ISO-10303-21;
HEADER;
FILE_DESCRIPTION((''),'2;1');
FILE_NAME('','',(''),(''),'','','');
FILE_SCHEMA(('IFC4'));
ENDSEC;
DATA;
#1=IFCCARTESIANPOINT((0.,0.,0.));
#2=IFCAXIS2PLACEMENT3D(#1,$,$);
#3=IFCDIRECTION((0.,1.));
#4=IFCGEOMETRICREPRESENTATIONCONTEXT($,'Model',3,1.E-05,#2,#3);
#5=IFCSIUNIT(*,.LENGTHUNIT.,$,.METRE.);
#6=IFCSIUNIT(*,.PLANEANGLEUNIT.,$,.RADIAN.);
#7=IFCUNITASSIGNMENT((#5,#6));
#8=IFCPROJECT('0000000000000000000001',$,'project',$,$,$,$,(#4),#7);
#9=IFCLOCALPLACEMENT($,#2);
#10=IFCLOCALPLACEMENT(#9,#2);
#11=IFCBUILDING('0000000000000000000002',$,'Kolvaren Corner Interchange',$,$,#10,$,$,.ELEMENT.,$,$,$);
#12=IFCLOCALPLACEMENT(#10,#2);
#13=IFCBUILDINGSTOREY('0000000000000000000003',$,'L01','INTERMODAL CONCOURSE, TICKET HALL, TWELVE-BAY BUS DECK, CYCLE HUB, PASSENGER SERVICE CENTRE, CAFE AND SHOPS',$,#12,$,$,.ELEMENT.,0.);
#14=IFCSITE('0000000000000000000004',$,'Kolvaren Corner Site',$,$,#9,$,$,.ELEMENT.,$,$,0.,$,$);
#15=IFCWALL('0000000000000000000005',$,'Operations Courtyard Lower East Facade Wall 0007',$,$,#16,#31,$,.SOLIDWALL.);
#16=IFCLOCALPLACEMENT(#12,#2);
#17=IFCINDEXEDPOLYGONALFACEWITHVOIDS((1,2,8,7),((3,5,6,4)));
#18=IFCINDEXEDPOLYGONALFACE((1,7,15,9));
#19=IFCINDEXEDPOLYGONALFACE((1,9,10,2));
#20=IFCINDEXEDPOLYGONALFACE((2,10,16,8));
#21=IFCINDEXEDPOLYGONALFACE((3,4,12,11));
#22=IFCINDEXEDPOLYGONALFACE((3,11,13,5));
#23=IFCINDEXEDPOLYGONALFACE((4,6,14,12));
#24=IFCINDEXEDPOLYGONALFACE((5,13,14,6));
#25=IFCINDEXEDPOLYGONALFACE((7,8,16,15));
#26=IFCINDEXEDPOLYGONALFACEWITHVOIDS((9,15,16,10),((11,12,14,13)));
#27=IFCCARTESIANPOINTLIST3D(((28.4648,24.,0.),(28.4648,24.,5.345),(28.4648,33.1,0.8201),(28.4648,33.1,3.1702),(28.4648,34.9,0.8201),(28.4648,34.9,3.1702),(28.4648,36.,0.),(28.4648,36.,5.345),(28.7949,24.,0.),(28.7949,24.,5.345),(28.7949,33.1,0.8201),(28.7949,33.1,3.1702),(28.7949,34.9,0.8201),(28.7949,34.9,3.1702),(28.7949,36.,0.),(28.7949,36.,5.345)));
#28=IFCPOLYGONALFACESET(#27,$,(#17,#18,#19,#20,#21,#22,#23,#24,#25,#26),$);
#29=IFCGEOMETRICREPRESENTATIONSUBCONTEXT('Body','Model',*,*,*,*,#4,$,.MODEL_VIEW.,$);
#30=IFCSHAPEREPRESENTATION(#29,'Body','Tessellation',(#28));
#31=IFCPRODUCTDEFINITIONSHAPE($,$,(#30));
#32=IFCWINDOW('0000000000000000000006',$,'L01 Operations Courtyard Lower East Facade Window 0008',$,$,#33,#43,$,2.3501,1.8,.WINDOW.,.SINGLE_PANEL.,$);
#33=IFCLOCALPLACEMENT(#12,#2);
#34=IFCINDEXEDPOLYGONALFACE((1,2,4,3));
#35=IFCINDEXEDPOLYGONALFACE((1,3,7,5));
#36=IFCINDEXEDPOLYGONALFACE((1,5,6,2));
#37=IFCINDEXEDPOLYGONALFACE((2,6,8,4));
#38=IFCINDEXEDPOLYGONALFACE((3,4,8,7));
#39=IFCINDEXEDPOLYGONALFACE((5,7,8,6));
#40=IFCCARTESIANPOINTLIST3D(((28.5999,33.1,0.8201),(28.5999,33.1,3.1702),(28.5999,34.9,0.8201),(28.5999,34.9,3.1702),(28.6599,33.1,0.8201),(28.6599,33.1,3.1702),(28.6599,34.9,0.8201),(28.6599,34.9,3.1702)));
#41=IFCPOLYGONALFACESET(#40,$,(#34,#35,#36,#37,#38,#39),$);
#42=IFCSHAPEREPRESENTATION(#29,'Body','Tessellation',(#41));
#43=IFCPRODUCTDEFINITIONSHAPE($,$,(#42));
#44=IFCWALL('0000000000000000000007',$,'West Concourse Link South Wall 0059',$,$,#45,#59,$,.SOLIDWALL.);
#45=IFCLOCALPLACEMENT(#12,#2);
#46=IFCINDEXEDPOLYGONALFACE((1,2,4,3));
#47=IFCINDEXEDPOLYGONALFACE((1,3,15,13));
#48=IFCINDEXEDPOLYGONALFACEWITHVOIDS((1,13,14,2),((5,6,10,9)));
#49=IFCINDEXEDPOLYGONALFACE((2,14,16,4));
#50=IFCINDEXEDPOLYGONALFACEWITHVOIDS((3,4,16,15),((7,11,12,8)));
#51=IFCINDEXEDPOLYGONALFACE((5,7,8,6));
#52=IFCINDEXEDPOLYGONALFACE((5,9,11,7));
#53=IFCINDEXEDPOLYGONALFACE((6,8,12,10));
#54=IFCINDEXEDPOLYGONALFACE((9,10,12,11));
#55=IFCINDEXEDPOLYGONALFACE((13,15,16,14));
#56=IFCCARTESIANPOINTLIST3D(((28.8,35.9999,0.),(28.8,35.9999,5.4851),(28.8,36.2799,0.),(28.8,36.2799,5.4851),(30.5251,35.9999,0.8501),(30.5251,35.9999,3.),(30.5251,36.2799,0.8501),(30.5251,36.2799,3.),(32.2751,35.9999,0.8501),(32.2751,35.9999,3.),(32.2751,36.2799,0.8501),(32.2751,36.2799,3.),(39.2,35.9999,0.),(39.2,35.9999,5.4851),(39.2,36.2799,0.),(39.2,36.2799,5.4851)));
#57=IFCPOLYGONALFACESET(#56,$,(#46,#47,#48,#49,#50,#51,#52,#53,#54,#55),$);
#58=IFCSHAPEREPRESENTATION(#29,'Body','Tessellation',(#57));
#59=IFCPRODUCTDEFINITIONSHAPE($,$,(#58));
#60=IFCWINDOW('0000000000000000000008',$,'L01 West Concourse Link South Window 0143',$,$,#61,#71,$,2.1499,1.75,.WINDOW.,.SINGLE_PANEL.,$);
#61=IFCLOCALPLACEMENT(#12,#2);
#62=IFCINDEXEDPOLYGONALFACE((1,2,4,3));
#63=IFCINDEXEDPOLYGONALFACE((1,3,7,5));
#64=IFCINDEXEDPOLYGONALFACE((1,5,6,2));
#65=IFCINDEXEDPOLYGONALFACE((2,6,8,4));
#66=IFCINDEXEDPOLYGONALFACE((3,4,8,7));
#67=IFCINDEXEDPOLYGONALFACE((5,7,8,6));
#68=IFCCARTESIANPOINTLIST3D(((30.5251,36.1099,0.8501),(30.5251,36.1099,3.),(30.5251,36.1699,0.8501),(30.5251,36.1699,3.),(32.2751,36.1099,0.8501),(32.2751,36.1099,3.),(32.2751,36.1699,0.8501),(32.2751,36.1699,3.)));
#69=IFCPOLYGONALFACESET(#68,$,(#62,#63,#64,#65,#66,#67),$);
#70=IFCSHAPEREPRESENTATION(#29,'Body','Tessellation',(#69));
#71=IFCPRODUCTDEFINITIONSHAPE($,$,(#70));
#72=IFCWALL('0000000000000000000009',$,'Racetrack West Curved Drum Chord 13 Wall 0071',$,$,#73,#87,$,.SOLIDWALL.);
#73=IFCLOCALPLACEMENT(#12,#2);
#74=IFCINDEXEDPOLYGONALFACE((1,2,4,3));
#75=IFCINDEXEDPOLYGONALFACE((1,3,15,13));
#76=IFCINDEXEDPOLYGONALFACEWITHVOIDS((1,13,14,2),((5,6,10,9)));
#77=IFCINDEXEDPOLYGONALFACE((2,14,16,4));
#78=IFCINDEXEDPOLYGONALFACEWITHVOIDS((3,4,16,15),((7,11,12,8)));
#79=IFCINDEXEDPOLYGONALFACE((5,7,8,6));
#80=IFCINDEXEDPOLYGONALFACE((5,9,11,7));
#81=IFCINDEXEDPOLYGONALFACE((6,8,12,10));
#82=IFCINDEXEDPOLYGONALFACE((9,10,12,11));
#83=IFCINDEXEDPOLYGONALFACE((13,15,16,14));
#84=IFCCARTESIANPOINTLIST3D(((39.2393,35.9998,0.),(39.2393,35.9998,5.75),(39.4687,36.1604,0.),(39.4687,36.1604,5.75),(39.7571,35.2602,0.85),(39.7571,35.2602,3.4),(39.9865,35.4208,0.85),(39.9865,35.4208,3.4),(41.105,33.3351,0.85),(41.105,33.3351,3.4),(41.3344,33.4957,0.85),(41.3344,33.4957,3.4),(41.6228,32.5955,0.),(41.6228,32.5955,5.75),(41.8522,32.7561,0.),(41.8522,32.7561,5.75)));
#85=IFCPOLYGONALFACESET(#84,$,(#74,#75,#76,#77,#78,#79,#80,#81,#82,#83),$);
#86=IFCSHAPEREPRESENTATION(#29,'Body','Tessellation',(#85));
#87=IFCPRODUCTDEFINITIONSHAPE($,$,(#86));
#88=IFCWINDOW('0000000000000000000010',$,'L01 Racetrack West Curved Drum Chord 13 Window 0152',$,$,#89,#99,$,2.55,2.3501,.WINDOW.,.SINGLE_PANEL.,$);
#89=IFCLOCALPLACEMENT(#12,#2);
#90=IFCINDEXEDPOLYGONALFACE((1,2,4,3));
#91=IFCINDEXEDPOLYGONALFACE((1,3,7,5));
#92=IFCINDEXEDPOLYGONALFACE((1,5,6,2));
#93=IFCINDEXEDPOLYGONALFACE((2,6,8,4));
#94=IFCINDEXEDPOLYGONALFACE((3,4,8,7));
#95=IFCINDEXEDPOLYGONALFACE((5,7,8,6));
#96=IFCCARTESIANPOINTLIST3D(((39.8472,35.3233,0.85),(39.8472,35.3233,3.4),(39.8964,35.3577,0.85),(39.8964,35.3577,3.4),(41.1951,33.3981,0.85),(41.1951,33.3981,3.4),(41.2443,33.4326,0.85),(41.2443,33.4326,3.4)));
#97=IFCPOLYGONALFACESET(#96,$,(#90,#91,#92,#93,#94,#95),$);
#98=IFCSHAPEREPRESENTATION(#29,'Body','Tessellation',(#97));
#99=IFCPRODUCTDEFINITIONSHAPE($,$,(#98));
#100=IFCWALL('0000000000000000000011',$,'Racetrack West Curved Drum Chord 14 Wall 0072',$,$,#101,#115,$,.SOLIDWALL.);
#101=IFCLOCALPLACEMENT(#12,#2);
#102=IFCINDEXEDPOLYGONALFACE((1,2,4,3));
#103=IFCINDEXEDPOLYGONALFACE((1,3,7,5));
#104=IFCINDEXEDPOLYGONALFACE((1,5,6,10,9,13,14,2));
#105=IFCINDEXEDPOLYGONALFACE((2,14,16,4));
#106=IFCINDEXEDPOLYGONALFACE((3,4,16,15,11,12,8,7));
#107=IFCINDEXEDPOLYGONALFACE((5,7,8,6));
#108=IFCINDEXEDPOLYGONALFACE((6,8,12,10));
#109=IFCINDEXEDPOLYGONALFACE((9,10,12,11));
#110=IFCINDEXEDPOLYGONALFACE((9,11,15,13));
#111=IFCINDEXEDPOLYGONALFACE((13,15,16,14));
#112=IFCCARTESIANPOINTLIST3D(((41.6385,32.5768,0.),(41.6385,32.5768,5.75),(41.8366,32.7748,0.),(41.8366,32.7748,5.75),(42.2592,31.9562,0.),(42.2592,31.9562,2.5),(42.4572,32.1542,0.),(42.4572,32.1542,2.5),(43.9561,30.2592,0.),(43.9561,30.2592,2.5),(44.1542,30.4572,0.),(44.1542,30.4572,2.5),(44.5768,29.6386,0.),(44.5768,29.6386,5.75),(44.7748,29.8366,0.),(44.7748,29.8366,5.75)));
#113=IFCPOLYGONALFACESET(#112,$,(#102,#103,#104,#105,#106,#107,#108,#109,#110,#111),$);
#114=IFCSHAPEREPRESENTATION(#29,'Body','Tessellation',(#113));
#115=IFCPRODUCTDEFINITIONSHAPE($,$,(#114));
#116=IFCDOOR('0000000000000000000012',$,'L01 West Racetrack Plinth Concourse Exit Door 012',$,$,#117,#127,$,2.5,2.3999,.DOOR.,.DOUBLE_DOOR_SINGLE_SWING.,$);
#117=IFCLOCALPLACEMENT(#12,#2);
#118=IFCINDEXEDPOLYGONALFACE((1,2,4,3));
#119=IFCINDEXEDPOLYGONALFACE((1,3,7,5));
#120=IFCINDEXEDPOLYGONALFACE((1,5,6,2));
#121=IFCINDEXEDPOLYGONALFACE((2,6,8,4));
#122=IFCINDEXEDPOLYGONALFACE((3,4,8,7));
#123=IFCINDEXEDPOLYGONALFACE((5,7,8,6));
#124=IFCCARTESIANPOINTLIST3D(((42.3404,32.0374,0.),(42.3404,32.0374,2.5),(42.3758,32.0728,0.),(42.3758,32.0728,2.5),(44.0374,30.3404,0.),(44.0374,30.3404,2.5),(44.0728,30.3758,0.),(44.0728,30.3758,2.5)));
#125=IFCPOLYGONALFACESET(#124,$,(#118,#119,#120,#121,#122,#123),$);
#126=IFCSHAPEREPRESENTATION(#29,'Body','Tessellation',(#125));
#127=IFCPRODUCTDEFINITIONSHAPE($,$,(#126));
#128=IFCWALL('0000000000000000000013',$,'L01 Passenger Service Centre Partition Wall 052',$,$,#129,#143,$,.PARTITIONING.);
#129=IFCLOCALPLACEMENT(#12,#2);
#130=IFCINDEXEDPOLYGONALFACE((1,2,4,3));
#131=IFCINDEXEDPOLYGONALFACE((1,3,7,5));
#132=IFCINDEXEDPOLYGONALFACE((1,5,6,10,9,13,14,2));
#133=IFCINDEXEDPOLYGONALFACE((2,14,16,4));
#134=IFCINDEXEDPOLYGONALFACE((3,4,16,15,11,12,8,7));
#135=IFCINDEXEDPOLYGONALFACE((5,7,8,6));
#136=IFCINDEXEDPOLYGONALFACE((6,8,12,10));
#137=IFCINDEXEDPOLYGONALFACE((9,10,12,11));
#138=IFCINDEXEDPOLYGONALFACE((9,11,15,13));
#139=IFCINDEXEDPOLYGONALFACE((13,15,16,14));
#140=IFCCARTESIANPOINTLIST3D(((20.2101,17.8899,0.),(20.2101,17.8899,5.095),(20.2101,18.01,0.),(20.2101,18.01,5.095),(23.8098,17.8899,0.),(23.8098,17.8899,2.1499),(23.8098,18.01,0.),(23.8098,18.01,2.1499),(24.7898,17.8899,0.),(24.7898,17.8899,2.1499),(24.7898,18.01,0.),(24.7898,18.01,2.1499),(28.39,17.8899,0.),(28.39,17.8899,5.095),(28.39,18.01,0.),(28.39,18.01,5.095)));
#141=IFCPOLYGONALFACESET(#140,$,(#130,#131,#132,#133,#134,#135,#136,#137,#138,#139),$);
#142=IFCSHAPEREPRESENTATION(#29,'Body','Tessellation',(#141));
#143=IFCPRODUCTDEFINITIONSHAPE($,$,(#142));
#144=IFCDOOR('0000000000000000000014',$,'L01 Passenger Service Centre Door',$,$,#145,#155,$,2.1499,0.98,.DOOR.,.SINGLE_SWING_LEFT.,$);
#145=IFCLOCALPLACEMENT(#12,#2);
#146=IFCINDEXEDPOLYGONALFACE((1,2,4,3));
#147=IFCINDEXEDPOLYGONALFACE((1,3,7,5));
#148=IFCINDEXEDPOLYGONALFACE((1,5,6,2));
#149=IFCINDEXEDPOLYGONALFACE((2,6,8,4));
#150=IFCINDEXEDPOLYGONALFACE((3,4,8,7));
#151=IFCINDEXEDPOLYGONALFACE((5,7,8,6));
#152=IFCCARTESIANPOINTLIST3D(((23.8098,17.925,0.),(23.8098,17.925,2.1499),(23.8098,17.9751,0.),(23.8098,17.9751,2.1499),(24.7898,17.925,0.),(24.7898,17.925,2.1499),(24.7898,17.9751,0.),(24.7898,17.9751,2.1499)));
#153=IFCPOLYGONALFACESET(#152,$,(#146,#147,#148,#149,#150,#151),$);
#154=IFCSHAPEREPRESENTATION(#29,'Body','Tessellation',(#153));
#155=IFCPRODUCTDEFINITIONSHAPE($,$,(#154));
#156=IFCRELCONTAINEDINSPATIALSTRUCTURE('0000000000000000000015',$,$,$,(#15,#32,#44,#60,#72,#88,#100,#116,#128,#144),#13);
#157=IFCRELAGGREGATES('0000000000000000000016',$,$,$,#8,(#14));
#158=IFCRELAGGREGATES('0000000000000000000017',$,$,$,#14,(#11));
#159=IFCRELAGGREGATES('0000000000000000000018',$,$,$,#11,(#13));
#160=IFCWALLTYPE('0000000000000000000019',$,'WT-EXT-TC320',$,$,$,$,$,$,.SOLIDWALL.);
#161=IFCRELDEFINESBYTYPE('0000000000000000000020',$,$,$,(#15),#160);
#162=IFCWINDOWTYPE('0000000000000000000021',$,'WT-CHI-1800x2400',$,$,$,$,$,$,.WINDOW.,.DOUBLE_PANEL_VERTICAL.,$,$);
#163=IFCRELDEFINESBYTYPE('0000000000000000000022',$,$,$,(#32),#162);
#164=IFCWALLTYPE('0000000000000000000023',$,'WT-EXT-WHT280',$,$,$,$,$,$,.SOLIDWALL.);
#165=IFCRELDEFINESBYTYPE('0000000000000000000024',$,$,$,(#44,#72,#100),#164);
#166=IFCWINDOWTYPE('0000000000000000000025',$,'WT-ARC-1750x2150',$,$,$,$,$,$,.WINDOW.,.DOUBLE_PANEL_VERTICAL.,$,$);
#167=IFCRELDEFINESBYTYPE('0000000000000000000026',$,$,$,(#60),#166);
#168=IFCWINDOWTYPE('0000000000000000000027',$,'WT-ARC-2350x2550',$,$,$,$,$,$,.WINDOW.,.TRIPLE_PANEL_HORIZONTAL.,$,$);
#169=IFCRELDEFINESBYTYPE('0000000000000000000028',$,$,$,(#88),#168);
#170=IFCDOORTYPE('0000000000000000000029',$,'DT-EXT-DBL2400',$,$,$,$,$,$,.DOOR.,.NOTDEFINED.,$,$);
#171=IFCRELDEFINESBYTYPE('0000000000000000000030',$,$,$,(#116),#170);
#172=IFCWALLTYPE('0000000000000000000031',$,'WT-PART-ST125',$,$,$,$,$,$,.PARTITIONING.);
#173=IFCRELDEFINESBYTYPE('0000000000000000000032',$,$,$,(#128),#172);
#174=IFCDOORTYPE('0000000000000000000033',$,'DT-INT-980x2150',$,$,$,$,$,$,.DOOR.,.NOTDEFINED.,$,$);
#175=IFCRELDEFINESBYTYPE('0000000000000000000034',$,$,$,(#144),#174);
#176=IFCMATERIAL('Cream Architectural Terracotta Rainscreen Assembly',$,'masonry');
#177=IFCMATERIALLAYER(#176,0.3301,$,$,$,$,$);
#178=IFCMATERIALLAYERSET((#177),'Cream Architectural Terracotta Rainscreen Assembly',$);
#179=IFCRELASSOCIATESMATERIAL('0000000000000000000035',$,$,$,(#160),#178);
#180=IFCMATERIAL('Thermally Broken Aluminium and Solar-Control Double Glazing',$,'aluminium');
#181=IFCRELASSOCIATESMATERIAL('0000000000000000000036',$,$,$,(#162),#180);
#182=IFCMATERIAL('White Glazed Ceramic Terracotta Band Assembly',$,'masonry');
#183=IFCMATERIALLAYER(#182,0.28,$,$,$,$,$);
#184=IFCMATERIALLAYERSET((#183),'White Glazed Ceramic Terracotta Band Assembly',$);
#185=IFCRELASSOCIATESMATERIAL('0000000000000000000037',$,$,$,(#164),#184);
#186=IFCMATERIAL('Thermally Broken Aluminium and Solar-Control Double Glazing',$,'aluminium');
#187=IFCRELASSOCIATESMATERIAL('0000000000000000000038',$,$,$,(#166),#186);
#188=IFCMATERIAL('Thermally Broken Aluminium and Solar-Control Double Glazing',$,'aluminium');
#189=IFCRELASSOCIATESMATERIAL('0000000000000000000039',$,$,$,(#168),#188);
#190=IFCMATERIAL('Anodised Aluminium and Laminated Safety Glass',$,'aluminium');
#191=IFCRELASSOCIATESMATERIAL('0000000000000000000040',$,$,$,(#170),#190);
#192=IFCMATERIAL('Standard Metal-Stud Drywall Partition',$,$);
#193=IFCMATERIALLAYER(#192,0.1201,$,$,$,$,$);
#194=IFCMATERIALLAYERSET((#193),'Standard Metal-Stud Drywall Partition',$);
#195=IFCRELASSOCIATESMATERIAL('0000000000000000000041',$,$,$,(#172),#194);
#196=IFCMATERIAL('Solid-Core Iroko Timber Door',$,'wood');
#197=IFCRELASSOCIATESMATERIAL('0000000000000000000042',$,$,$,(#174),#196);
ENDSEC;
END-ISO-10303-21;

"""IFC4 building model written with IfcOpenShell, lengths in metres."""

from ifc_helpers import new_model, si_unit, direction, frame, frame_2d, origin, place, context, subcontext, project, spatial, rectangle, extrude, material, layer, layer_set, type_object, element, fill, save


model = new_model("IFC4")

# Units and contexts
model_context = context("Model", 3, precision=1e-05, world=origin(), true_north=direction((0.0, 1.0)))
body_context = subcontext(model_context, "Body", "Model", "MODEL_VIEW")
ifc_project = project(units=[si_unit("LENGTHUNIT", "METRE"), si_unit("PLANEANGLEUNIT", "RADIAN")], contexts=[model_context])

# Site, building, storey
site_placement = place(None, origin())
site = spatial("IfcSite", under=ifc_project, at=site_placement, Name="Kolvaren Corner Site", CompositionType="ELEMENT", RefElevation=0.0)
building_placement = place(site_placement, origin())
building = spatial("IfcBuilding", under=site, at=building_placement, Name="Kolvaren Corner Interchange", CompositionType="ELEMENT")
storey_placement = place(building_placement, origin())
storey = spatial("IfcBuildingStorey", under=building, at=storey_placement, Name="L01", Description="INTERMODAL CONCOURSE, TICKET HALL, TWELVE-BAY BUS DECK, CYCLE HUB, PASSENGER SERVICE CENTRE, CAFE AND SHOPS", CompositionType="ELEMENT", Elevation=0.0)

# Walls, openings, windows
ifc_material_1 = material(Name="Cream Architectural Terracotta Rainscreen Assembly", Category="masonry")
ifc_layer_1 = layer(ifc_material_1, 0.3301)
ifc_layer_set_1 = layer_set([ifc_layer_1], Name="Cream Architectural Terracotta Rainscreen Assembly")
wall_type_1 = type_object("IfcWallType", Name="WT-EXT-TC320", PredefinedType="SOLIDWALL", material=ifc_layer_set_1)
ifc_material_2 = material(Name="Thermally Broken Aluminium and Solar-Control Double Glazing", Category="aluminium")
window_type_1 = type_object("IfcWindowType", Name="WT-CHI-1800x2400", PartitioningType="DOUBLE_PANEL_VERTICAL", PredefinedType="WINDOW", material=ifc_material_2)
wall_1_placement = place(storey_placement, frame((28.6299, 24.0, 0.0), z_axis=(0.0, 0.0, 1.0), x_axis=(0.0, 1.0, 0.0)))
wall_1 = element("IfcWall", 1, at=wall_1_placement, inside=storey, type_object=wall_type_1, Name="Operations Courtyard Lower East Facade Wall 0007", PredefinedType="SOLIDWALL", context=body_context, shape_type="SweptSolid", body=[
    extrude(rectangle(XDim=12.0, YDim=0.3301, at=frame_2d((6.0, 0.0))), origin(), (0.0, 0.0, 1.0), 5.345),
])
opening_1_placement = place(wall_1_placement, frame((9.1001, 0.0, 0.8201)))
opening_1 = element("IfcOpeningElement", 2, at=opening_1_placement, cuts=wall_1, PredefinedType="OPENING", context=body_context, shape_type="SweptSolid", body=[
    extrude(rectangle(XDim=1.8, YDim=2.3501, at=frame_2d((0.8999, 1.175))), frame((0.0, 0.175, 0.0), z_axis=(0.0, -1.0, 0.0), x_axis=(1.0, 0.0, 0.0)), (0.0, 0.0, 1.0), 0.3501),
])
window_1_placement = place(opening_1_placement, origin())
window_1 = element("IfcWindow", 3, at=window_1_placement, inside=storey, type_object=window_type_1, Name="L01 Operations Courtyard Lower East Facade Window 0008", OverallHeight=2.3501, OverallWidth=1.8, PartitioningType="SINGLE_PANEL", PredefinedType="WINDOW", context=body_context, shape_type="SweptSolid", body=[
    extrude(rectangle(XDim=1.8, YDim=2.3501, at=frame_2d((0.8999, 1.175))), frame((0.0, 0.03, 0.0), z_axis=(0.0, -1.0, 0.0), x_axis=(1.0, 0.0, 0.0)), (0.0, 0.0, 1.0), 0.0601),
])
fill(opening_1, window_1)
ifc_material_3 = material(Name="White Glazed Ceramic Terracotta Band Assembly", Category="masonry")
ifc_layer_2 = layer(ifc_material_3, 0.28)
ifc_layer_set_2 = layer_set([ifc_layer_2], Name="White Glazed Ceramic Terracotta Band Assembly")
wall_type_2 = type_object("IfcWallType", Name="WT-EXT-WHT280", PredefinedType="SOLIDWALL", material=ifc_layer_set_2)
wall_2_placement = place(storey_placement, frame((28.8, 36.1399, 0.0), z_axis=(0.0, 0.0, 1.0), x_axis=(1.0, 0.0, 0.0)))
wall_2 = element("IfcWall", 4, at=wall_2_placement, inside=storey, type_object=wall_type_2, Name="West Concourse Link South Wall 0059", PredefinedType="SOLIDWALL", context=body_context, shape_type="SweptSolid", body=[
    extrude(rectangle(XDim=10.3999, YDim=0.28, at=frame_2d((5.2, 0.0))), origin(), (0.0, 0.0, 1.0), 5.4851),
])
opening_2_placement = place(wall_2_placement, frame((1.7251, 0.0, 0.8501)))
opening_2 = element("IfcOpeningElement", 5, at=opening_2_placement, cuts=wall_2, PredefinedType="OPENING", context=body_context, shape_type="SweptSolid", body=[
    extrude(rectangle(XDim=1.75, YDim=2.1499, at=frame_2d((0.875, 1.075))), frame((0.0, 0.1499, 0.0), z_axis=(0.0, -1.0, 0.0), x_axis=(1.0, 0.0, 0.0)), (0.0, 0.0, 1.0), 0.3),
])
ifc_material_4 = material(Name="Thermally Broken Aluminium and Solar-Control Double Glazing", Category="aluminium")
window_type_2 = type_object("IfcWindowType", Name="WT-ARC-1750x2150", PartitioningType="DOUBLE_PANEL_VERTICAL", PredefinedType="WINDOW", material=ifc_material_4)
window_2_placement = place(opening_2_placement, origin())
window_2 = element("IfcWindow", 6, at=window_2_placement, inside=storey, type_object=window_type_2, Name="L01 West Concourse Link South Window 0143", OverallHeight=2.1499, OverallWidth=1.75, PartitioningType="SINGLE_PANEL", PredefinedType="WINDOW", context=body_context, shape_type="SweptSolid", body=[
    extrude(rectangle(XDim=1.75, YDim=2.1499, at=frame_2d((0.875, 1.075))), frame((0.0, 0.03, 0.0), z_axis=(0.0, -1.0, 0.0), x_axis=(1.0, 0.0, 0.0)), (0.0, 0.0, 1.0), 0.0601),
])
fill(opening_2, window_2)
wall_3_placement = place(storey_placement, frame((39.354, 36.0801, 0.0), z_axis=(0.0, 0.0, 1.0), x_axis=(0.573549, -0.819171, 0.0)))
wall_3 = element("IfcWall", 7, at=wall_3_placement, inside=storey, type_object=wall_type_2, Name="Racetrack West Curved Drum Chord 13 Wall 0071", PredefinedType="SOLIDWALL", context=body_context, shape_type="SweptSolid", body=[
    extrude(rectangle(XDim=4.1558, YDim=0.28, at=frame_2d((2.0779, 0.0))), origin(), (0.0, 0.0, 1.0), 5.75),
])
opening_3_placement = place(wall_3_placement, frame((0.9028, 0.0, 0.8501)))
opening_3 = element("IfcOpeningElement", 8, at=opening_3_placement, cuts=wall_3, PredefinedType="OPENING", context=body_context, shape_type="SweptSolid", body=[
    extrude(rectangle(XDim=2.3501, YDim=2.55, at=frame_2d((1.175, 1.2749))), frame((0.0, 0.1499, 0.0), z_axis=(0.0, -1.0, 0.0), x_axis=(1.0, 0.0, 0.0)), (0.0, 0.0, 1.0), 0.3),
])
ifc_material_5 = material(Name="Thermally Broken Aluminium and Solar-Control Double Glazing", Category="aluminium")
window_type_3 = type_object("IfcWindowType", Name="WT-ARC-2350x2550", PartitioningType="TRIPLE_PANEL_HORIZONTAL", PredefinedType="WINDOW", material=ifc_material_5)
window_3_placement = place(opening_3_placement, origin())
window_3 = element("IfcWindow", 9, at=window_3_placement, inside=storey, type_object=window_type_3, Name="L01 Racetrack West Curved Drum Chord 13 Window 0152", OverallHeight=2.55, OverallWidth=2.3501, PartitioningType="SINGLE_PANEL", PredefinedType="WINDOW", context=body_context, shape_type="SweptSolid", body=[
    extrude(rectangle(XDim=2.3501, YDim=2.55, at=frame_2d((1.175, 1.2749))), frame((0.0, 0.03, 0.0), z_axis=(0.0, -1.0, 0.0), x_axis=(1.0, 0.0, 0.0)), (0.0, 0.0, 1.0), 0.0601),
])
fill(opening_3, window_3)

# Walls, openings, doors
wall_4_placement = place(storey_placement, frame((41.7375, 32.6758, 0.0), z_axis=(0.0, 0.0, 1.0), x_axis=(0.707107, -0.707107, 0.0)))
wall_4 = element("IfcWall", 10, at=wall_4_placement, inside=storey, type_object=wall_type_2, Name="Racetrack West Curved Drum Chord 14 Wall 0072", PredefinedType="SOLIDWALL", context=body_context, shape_type="SweptSolid", body=[
    extrude(rectangle(XDim=4.1553, YDim=0.28, at=frame_2d((2.0776, 0.0))), origin(), (0.0, 0.0, 1.0), 5.75),
])
opening_4_placement = place(wall_4_placement, frame((0.8777, 0.0, 0.0)))
opening_4 = element("IfcOpeningElement", 11, at=opening_4_placement, cuts=wall_4, PredefinedType="OPENING", context=body_context, shape_type="SweptSolid", body=[
    extrude(rectangle(XDim=2.3999, YDim=2.5, at=frame_2d((1.2, 1.25))), frame((0.0, 0.1499, 0.0), z_axis=(0.0, -1.0, 0.0), x_axis=(1.0, 0.0, 0.0)), (0.0, 0.0, 1.0), 0.3),
])
ifc_material_6 = material(Name="Anodised Aluminium and Laminated Safety Glass", Category="aluminium")
door_type_1 = type_object("IfcDoorType", Name="DT-EXT-DBL2400", OperationType="NOTDEFINED", PredefinedType="DOOR", material=ifc_material_6)
door_1_placement = place(opening_4_placement, origin())
door_1 = element("IfcDoor", 12, at=door_1_placement, inside=storey, type_object=door_type_1, Name="L01 West Racetrack Plinth Concourse Exit Door 012", OperationType="DOUBLE_DOOR_SINGLE_SWING", OverallHeight=2.5, OverallWidth=2.3999, PredefinedType="DOOR", context=body_context, shape_type="SweptSolid", body=[
    extrude(rectangle(XDim=2.3999, YDim=2.5, at=frame_2d((1.2, 1.25))), frame((0.0, 0.0249, 0.0), z_axis=(0.0, -1.0, 0.0), x_axis=(1.0, 0.0, 0.0)), (0.0, 0.0, 1.0), 0.05),
])
fill(opening_4, door_1)
ifc_material_7 = material(Name="Standard Metal-Stud Drywall Partition")
ifc_layer_3 = layer(ifc_material_7, 0.1201)
ifc_layer_set_3 = layer_set([ifc_layer_3], Name="Standard Metal-Stud Drywall Partition")
wall_type_3 = type_object("IfcWallType", Name="WT-PART-ST125", PredefinedType="PARTITIONING", material=ifc_layer_set_3)
wall_5_placement = place(storey_placement, frame((28.3899, 17.95, 0.0), z_axis=(0.0, 0.0, 1.0), x_axis=(-1.0, 0.0, 0.0)))
wall_5 = element("IfcWall", 13, at=wall_5_placement, inside=storey, type_object=wall_type_3, Name="L01 Passenger Service Centre Partition Wall 052", PredefinedType="PARTITIONING", context=body_context, shape_type="SweptSolid", body=[
    extrude(rectangle(XDim=8.1799, YDim=0.1201, at=frame_2d((4.0898, 0.0))), origin(), (0.0, 0.0, 1.0), 5.095),
])
opening_5_placement = place(wall_5_placement, frame((3.6001, 0.0, 0.0)))
opening_5 = element("IfcOpeningElement", 14, at=opening_5_placement, cuts=wall_5, PredefinedType="OPENING", context=body_context, shape_type="SweptSolid", body=[
    extrude(rectangle(XDim=0.98, YDim=2.1499, at=frame_2d((0.49, 1.075))), frame((0.0, 0.0701, 0.0), z_axis=(0.0, -1.0, 0.0), x_axis=(1.0, 0.0, 0.0)), (0.0, 0.0, 1.0), 0.1401),
])
ifc_material_8 = material(Name="Solid-Core Iroko Timber Door", Category="wood")
door_type_2 = type_object("IfcDoorType", Name="DT-INT-980x2150", OperationType="NOTDEFINED", PredefinedType="DOOR", material=ifc_material_8)
door_2_placement = place(opening_5_placement, origin())
door_2 = element("IfcDoor", 15, at=door_2_placement, inside=storey, type_object=door_type_2, Name="L01 Passenger Service Centre Door", OperationType="SINGLE_SWING_LEFT", OverallHeight=2.1499, OverallWidth=0.98, PredefinedType="DOOR", context=body_context, shape_type="SweptSolid", body=[
    extrude(rectangle(XDim=0.98, YDim=2.1499, at=frame_2d((0.49, 1.075))), frame((0.0, 0.0249, 0.0), z_axis=(0.0, -1.0, 0.0), x_axis=(1.0, 0.0, 0.0)), (0.0, 0.0, 1.0), 0.05),
])
fill(opening_5, door_2)

save(model, "model.ifc")
